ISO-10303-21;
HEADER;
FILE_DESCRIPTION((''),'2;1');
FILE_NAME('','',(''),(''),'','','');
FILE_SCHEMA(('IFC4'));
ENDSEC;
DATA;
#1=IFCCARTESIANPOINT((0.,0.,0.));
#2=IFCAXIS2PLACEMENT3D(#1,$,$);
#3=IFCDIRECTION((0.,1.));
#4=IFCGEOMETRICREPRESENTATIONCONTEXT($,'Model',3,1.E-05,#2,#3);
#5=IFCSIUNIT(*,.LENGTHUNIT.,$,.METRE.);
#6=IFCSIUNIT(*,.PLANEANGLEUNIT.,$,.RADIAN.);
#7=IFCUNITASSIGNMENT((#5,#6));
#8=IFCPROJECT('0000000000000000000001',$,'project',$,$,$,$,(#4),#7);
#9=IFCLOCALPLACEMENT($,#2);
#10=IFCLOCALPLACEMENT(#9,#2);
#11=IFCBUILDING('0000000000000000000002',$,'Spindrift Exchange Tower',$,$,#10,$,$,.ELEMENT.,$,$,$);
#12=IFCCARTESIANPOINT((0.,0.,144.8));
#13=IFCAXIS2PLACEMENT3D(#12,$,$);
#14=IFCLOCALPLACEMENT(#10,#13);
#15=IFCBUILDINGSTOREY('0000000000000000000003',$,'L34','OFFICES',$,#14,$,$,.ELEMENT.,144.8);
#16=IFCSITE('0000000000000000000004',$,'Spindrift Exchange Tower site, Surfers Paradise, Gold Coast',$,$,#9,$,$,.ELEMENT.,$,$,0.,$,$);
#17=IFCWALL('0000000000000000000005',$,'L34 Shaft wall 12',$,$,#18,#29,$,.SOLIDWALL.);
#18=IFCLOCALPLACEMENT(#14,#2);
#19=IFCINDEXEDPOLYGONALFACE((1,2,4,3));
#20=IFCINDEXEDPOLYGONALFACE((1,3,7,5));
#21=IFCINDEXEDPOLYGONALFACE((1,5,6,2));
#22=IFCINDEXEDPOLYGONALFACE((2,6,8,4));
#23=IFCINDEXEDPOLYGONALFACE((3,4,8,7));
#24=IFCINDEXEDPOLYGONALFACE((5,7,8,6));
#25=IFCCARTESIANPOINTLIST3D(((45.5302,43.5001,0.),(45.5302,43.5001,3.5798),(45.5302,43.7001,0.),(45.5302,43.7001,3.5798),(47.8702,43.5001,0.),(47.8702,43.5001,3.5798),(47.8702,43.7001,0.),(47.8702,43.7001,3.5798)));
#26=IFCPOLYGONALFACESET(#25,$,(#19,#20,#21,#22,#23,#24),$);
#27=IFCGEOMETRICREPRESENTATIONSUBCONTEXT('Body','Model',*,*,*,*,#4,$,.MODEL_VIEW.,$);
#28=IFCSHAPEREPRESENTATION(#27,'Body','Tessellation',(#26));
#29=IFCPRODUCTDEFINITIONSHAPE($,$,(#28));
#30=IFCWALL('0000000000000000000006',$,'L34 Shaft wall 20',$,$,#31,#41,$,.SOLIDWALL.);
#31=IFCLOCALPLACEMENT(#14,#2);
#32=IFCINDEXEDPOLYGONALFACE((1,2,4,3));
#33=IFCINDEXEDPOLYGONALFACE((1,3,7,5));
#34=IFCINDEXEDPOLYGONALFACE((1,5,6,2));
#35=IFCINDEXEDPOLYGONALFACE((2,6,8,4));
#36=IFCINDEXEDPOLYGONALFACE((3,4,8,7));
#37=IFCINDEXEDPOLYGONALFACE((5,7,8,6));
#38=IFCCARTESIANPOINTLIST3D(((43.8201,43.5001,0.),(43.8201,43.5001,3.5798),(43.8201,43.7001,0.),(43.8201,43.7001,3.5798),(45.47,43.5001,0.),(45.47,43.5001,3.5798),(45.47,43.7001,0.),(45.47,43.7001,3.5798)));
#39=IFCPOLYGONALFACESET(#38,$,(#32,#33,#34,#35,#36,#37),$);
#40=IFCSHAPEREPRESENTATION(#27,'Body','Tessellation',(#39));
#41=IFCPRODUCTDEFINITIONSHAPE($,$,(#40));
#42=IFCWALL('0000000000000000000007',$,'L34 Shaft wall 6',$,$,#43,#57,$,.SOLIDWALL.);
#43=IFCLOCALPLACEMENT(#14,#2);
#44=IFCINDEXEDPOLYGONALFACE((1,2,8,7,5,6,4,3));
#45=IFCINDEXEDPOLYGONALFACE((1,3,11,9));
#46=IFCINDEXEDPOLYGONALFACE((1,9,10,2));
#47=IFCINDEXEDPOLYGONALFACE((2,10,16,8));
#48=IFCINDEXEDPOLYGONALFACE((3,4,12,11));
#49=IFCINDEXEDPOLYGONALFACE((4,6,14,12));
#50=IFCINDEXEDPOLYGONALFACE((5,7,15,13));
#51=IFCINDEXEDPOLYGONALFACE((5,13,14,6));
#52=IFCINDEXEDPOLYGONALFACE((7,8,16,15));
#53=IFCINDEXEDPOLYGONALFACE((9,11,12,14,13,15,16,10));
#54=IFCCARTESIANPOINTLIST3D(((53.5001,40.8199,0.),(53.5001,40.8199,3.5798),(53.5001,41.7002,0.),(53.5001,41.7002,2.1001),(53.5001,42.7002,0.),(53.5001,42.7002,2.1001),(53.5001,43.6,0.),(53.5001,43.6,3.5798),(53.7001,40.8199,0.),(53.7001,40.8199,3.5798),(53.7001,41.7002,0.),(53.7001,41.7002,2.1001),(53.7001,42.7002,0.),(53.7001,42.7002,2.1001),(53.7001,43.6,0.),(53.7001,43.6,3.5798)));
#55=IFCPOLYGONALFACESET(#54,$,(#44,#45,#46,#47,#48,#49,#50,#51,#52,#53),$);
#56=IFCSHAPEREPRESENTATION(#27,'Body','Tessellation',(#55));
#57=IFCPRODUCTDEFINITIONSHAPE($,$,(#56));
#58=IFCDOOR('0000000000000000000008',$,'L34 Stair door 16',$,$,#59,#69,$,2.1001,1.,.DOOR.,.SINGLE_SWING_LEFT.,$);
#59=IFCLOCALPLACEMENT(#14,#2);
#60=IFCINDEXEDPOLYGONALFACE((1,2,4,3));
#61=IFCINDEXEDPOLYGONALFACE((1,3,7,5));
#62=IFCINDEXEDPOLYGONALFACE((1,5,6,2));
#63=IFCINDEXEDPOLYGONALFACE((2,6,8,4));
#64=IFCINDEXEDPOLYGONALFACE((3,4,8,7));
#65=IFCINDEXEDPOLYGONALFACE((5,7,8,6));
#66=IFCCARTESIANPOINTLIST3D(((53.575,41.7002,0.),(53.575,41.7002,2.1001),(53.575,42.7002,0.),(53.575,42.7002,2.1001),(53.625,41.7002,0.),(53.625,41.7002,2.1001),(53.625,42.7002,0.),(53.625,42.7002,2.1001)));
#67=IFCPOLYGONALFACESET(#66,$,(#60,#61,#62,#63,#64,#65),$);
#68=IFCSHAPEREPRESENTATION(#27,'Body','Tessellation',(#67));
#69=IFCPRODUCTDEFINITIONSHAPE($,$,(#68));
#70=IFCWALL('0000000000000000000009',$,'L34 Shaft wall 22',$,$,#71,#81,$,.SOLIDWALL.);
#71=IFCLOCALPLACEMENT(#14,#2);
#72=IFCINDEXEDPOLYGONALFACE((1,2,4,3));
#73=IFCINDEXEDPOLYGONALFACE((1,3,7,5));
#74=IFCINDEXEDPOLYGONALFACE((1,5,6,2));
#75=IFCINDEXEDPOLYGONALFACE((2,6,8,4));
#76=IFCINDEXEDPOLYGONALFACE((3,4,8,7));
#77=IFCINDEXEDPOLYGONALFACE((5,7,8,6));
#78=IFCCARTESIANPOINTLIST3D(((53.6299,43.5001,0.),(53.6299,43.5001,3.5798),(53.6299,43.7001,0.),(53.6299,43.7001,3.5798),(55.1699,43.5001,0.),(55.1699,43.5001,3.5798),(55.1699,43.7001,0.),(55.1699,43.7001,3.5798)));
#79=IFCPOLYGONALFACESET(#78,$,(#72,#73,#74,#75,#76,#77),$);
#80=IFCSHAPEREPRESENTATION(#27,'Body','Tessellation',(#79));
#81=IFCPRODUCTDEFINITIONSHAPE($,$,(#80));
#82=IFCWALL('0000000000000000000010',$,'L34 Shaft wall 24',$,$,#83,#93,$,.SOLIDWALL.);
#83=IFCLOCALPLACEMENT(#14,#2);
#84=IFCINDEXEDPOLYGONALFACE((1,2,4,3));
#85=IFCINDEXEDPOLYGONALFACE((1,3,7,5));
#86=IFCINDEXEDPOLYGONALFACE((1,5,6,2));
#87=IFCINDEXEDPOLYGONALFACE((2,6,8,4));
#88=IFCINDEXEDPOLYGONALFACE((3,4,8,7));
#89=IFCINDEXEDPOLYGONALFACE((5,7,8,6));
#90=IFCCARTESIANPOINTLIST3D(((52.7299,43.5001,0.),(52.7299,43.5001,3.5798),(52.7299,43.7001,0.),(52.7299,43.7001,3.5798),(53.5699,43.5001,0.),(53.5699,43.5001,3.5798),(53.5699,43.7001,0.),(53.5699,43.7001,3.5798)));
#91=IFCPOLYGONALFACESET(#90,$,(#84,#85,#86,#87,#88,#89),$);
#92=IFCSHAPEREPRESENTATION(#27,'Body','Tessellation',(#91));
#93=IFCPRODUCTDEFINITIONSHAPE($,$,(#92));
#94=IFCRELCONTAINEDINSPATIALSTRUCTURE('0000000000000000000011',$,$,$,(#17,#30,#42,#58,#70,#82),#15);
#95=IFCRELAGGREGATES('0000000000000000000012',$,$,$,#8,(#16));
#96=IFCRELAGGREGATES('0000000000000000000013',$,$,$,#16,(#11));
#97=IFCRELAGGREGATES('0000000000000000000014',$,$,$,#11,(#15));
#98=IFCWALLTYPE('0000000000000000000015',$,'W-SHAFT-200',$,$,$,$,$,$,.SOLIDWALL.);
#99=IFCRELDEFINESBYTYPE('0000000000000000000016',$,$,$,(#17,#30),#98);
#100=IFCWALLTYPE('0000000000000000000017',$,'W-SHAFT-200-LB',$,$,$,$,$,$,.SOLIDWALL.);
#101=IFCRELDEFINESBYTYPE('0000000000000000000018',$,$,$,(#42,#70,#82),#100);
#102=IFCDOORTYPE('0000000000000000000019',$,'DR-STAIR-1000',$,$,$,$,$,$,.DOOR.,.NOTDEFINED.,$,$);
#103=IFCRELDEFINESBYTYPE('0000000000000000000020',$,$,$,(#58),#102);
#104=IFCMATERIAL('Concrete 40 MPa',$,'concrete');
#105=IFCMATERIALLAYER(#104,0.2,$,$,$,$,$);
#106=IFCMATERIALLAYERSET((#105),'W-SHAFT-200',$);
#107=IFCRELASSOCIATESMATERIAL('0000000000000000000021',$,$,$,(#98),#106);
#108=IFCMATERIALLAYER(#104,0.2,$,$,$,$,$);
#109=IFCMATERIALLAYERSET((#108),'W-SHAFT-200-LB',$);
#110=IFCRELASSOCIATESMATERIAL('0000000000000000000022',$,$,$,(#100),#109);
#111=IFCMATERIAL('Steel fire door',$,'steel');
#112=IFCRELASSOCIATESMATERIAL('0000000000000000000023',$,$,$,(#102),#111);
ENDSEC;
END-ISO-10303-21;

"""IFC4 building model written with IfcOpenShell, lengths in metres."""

from ifc_helpers import new_model, si_unit, direction, frame, frame_2d, origin, place, context, subcontext, project, spatial, rectangle, extrude, source, transform, mapped, material, layer, layer_set, type_object, element, fill, save


model = new_model("IFC4")

# Units and contexts
model_context = context("Model", 3, precision=1e-05, world=origin(), true_north=direction((0.0, 1.0)))
body_context = subcontext(model_context, "Body", "Model", "MODEL_VIEW")
ifc_project = project(units=[si_unit("LENGTHUNIT", "METRE"), si_unit("PLANEANGLEUNIT", "RADIAN")], contexts=[model_context])

# Site, building, storey
site_placement = place(None, origin())
site = spatial("IfcSite", under=ifc_project, at=site_placement, Name="Spindrift Exchange Tower site, Surfers Paradise, Gold Coast", CompositionType="ELEMENT", RefElevation=0.0)
building_placement = place(site_placement, origin())
building = spatial("IfcBuilding", under=site, at=building_placement, Name="Spindrift Exchange Tower", CompositionType="ELEMENT")
storey_placement = place(building_placement, frame((0.0, 0.0, 144.8)))
storey = spatial("IfcBuildingStorey", under=building, at=storey_placement, Name="L34", Description="OFFICES", CompositionType="ELEMENT", Elevation=144.8)

# Shared definitions
ifc_material_1 = material(Name="Steel fire door", Category="steel")

# Shared definitions
ifc_material_2 = material(Name="Concrete 40 MPa", Category="concrete")
ifc_layer_1 = layer(ifc_material_2, 0.2)
ifc_layer_set_1 = layer_set([ifc_layer_1], Name="W-SHAFT-200")
wall_type_1 = type_object("IfcWallType", Name="W-SHAFT-200", PredefinedType="SOLIDWALL", material=ifc_layer_set_1)

# Walls
wall_1_placement = place(storey_placement, frame((47.8701, 43.6001, 0.0), z_axis=(0.0, 0.0, 1.0), x_axis=(-1.0, 0.0, 0.0)))
element("IfcWall", 1, at=wall_1_placement, inside=storey, type_object=wall_type_1, Name="L34 Shaft wall 12", PredefinedType="SOLIDWALL", context=body_context, shape_type="SweptSolid", body=[
    extrude(rectangle(XDim=2.3401, YDim=0.2, at=frame_2d((1.1699, 0.0))), origin(), (0.0, 0.0, 1.0), 3.5798),
])
wall_2_placement = place(storey_placement, frame((45.47, 43.6001, 0.0), z_axis=(0.0, 0.0, 1.0), x_axis=(-1.0, 0.0, 0.0)))
element("IfcWall", 2, at=wall_2_placement, inside=storey, type_object=wall_type_1, Name="L34 Shaft wall 20", PredefinedType="SOLIDWALL", context=body_context, shape_type="SweptSolid", body=[
    extrude(rectangle(XDim=1.6499, YDim=0.2, at=frame_2d((0.825, 0.0))), origin(), (0.0, 0.0, 1.0), 3.5798),
])

# Wall, opening, door
ifc_layer_2 = layer(ifc_material_2, 0.2)
ifc_layer_set_2 = layer_set([ifc_layer_2], Name="W-SHAFT-200-LB")
wall_type_2 = type_object("IfcWallType", Name="W-SHAFT-200-LB", PredefinedType="SOLIDWALL", material=ifc_layer_set_2)
wall_3_placement = place(storey_placement, frame((53.6001, 43.6001, 0.0), z_axis=(0.0, 0.0, 1.0), x_axis=(0.0, -1.0, 0.0)))
wall_3 = element("IfcWall", 3, at=wall_3_placement, inside=storey, type_object=wall_type_2, Name="L34 Shaft wall 6", PredefinedType="SOLIDWALL", context=body_context, shape_type="SweptSolid", body=[
    extrude(rectangle(XDim=2.78, YDim=0.2, at=frame_2d((1.3901, 0.0))), origin(), (0.0, 0.0, 1.0), 3.5798),
])
opening_1_placement = place(wall_3_placement, frame((0.8999, 0.0, 0.0)))
opening_1 = element("IfcOpeningElement", 4, at=opening_1_placement, cuts=wall_3, PredefinedType="OPENING", context=body_context, shape_type="SweptSolid", body=[
    extrude(rectangle(XDim=1.0, YDim=2.1001, at=frame_2d((0.5, 1.05))), frame((0.0, 0.1099, 0.0), z_axis=(0.0, -1.0, 0.0), x_axis=(1.0, 0.0, 0.0)), (0.0, 0.0, 1.0), 0.22),
])
door_type_1 = type_object("IfcDoorType", Name="DR-STAIR-1000", OperationType="NOTDEFINED", PredefinedType="DOOR", material=ifc_material_1)
shared_shape_1 = source(origin(), body_context, "Body", "SweptSolid", [
    extrude(rectangle(XDim=1.0, YDim=2.1001, at=frame_2d((0.5, 1.05))), frame((0.0, 0.0249, 0.0), z_axis=(0.0, -1.0, 0.0), x_axis=(1.0, 0.0, 0.0)), (0.0, 0.0, 1.0), 0.05),
])
door_1_placement = place(opening_1_placement, origin())
door_1 = element("IfcDoor", 5, at=door_1_placement, inside=storey, type_object=door_type_1, Name="L34 Stair door 16", OperationType="SINGLE_SWING_LEFT", OverallHeight=2.1001, OverallWidth=1.0, PredefinedType="DOOR", context=body_context, shape_type="MappedRepresentation", body=[
    mapped(shared_shape_1, transform((0.0, 0.0, 0.0), scale=1.0)),
])
fill(opening_1, door_1)

# Walls
wall_4_placement = place(storey_placement, frame((53.6299, 43.6001, 0.0), z_axis=(0.0, 0.0, 1.0), x_axis=(1.0, 0.0, 0.0)))
element("IfcWall", 6, at=wall_4_placement, inside=storey, type_object=wall_type_2, Name="L34 Shaft wall 22", PredefinedType="SOLIDWALL", context=body_context, shape_type="SweptSolid", body=[
    extrude(rectangle(XDim=1.54, YDim=0.2, at=frame_2d((0.77, 0.0))), origin(), (0.0, 0.0, 1.0), 3.5798),
])
wall_5_placement = place(storey_placement, frame((52.73, 43.6001, 0.0), z_axis=(0.0, 0.0, 1.0), x_axis=(1.0, 0.0, 0.0)))
element("IfcWall", 7, at=wall_5_placement, inside=storey, type_object=wall_type_2, Name="L34 Shaft wall 24", PredefinedType="SOLIDWALL", context=body_context, shape_type="SweptSolid", body=[
    extrude(rectangle(XDim=0.8401, YDim=0.2, at=frame_2d((0.4199, 0.0))), origin(), (0.0, 0.0, 1.0), 3.5798),
])

save(model, "model.ifc")
